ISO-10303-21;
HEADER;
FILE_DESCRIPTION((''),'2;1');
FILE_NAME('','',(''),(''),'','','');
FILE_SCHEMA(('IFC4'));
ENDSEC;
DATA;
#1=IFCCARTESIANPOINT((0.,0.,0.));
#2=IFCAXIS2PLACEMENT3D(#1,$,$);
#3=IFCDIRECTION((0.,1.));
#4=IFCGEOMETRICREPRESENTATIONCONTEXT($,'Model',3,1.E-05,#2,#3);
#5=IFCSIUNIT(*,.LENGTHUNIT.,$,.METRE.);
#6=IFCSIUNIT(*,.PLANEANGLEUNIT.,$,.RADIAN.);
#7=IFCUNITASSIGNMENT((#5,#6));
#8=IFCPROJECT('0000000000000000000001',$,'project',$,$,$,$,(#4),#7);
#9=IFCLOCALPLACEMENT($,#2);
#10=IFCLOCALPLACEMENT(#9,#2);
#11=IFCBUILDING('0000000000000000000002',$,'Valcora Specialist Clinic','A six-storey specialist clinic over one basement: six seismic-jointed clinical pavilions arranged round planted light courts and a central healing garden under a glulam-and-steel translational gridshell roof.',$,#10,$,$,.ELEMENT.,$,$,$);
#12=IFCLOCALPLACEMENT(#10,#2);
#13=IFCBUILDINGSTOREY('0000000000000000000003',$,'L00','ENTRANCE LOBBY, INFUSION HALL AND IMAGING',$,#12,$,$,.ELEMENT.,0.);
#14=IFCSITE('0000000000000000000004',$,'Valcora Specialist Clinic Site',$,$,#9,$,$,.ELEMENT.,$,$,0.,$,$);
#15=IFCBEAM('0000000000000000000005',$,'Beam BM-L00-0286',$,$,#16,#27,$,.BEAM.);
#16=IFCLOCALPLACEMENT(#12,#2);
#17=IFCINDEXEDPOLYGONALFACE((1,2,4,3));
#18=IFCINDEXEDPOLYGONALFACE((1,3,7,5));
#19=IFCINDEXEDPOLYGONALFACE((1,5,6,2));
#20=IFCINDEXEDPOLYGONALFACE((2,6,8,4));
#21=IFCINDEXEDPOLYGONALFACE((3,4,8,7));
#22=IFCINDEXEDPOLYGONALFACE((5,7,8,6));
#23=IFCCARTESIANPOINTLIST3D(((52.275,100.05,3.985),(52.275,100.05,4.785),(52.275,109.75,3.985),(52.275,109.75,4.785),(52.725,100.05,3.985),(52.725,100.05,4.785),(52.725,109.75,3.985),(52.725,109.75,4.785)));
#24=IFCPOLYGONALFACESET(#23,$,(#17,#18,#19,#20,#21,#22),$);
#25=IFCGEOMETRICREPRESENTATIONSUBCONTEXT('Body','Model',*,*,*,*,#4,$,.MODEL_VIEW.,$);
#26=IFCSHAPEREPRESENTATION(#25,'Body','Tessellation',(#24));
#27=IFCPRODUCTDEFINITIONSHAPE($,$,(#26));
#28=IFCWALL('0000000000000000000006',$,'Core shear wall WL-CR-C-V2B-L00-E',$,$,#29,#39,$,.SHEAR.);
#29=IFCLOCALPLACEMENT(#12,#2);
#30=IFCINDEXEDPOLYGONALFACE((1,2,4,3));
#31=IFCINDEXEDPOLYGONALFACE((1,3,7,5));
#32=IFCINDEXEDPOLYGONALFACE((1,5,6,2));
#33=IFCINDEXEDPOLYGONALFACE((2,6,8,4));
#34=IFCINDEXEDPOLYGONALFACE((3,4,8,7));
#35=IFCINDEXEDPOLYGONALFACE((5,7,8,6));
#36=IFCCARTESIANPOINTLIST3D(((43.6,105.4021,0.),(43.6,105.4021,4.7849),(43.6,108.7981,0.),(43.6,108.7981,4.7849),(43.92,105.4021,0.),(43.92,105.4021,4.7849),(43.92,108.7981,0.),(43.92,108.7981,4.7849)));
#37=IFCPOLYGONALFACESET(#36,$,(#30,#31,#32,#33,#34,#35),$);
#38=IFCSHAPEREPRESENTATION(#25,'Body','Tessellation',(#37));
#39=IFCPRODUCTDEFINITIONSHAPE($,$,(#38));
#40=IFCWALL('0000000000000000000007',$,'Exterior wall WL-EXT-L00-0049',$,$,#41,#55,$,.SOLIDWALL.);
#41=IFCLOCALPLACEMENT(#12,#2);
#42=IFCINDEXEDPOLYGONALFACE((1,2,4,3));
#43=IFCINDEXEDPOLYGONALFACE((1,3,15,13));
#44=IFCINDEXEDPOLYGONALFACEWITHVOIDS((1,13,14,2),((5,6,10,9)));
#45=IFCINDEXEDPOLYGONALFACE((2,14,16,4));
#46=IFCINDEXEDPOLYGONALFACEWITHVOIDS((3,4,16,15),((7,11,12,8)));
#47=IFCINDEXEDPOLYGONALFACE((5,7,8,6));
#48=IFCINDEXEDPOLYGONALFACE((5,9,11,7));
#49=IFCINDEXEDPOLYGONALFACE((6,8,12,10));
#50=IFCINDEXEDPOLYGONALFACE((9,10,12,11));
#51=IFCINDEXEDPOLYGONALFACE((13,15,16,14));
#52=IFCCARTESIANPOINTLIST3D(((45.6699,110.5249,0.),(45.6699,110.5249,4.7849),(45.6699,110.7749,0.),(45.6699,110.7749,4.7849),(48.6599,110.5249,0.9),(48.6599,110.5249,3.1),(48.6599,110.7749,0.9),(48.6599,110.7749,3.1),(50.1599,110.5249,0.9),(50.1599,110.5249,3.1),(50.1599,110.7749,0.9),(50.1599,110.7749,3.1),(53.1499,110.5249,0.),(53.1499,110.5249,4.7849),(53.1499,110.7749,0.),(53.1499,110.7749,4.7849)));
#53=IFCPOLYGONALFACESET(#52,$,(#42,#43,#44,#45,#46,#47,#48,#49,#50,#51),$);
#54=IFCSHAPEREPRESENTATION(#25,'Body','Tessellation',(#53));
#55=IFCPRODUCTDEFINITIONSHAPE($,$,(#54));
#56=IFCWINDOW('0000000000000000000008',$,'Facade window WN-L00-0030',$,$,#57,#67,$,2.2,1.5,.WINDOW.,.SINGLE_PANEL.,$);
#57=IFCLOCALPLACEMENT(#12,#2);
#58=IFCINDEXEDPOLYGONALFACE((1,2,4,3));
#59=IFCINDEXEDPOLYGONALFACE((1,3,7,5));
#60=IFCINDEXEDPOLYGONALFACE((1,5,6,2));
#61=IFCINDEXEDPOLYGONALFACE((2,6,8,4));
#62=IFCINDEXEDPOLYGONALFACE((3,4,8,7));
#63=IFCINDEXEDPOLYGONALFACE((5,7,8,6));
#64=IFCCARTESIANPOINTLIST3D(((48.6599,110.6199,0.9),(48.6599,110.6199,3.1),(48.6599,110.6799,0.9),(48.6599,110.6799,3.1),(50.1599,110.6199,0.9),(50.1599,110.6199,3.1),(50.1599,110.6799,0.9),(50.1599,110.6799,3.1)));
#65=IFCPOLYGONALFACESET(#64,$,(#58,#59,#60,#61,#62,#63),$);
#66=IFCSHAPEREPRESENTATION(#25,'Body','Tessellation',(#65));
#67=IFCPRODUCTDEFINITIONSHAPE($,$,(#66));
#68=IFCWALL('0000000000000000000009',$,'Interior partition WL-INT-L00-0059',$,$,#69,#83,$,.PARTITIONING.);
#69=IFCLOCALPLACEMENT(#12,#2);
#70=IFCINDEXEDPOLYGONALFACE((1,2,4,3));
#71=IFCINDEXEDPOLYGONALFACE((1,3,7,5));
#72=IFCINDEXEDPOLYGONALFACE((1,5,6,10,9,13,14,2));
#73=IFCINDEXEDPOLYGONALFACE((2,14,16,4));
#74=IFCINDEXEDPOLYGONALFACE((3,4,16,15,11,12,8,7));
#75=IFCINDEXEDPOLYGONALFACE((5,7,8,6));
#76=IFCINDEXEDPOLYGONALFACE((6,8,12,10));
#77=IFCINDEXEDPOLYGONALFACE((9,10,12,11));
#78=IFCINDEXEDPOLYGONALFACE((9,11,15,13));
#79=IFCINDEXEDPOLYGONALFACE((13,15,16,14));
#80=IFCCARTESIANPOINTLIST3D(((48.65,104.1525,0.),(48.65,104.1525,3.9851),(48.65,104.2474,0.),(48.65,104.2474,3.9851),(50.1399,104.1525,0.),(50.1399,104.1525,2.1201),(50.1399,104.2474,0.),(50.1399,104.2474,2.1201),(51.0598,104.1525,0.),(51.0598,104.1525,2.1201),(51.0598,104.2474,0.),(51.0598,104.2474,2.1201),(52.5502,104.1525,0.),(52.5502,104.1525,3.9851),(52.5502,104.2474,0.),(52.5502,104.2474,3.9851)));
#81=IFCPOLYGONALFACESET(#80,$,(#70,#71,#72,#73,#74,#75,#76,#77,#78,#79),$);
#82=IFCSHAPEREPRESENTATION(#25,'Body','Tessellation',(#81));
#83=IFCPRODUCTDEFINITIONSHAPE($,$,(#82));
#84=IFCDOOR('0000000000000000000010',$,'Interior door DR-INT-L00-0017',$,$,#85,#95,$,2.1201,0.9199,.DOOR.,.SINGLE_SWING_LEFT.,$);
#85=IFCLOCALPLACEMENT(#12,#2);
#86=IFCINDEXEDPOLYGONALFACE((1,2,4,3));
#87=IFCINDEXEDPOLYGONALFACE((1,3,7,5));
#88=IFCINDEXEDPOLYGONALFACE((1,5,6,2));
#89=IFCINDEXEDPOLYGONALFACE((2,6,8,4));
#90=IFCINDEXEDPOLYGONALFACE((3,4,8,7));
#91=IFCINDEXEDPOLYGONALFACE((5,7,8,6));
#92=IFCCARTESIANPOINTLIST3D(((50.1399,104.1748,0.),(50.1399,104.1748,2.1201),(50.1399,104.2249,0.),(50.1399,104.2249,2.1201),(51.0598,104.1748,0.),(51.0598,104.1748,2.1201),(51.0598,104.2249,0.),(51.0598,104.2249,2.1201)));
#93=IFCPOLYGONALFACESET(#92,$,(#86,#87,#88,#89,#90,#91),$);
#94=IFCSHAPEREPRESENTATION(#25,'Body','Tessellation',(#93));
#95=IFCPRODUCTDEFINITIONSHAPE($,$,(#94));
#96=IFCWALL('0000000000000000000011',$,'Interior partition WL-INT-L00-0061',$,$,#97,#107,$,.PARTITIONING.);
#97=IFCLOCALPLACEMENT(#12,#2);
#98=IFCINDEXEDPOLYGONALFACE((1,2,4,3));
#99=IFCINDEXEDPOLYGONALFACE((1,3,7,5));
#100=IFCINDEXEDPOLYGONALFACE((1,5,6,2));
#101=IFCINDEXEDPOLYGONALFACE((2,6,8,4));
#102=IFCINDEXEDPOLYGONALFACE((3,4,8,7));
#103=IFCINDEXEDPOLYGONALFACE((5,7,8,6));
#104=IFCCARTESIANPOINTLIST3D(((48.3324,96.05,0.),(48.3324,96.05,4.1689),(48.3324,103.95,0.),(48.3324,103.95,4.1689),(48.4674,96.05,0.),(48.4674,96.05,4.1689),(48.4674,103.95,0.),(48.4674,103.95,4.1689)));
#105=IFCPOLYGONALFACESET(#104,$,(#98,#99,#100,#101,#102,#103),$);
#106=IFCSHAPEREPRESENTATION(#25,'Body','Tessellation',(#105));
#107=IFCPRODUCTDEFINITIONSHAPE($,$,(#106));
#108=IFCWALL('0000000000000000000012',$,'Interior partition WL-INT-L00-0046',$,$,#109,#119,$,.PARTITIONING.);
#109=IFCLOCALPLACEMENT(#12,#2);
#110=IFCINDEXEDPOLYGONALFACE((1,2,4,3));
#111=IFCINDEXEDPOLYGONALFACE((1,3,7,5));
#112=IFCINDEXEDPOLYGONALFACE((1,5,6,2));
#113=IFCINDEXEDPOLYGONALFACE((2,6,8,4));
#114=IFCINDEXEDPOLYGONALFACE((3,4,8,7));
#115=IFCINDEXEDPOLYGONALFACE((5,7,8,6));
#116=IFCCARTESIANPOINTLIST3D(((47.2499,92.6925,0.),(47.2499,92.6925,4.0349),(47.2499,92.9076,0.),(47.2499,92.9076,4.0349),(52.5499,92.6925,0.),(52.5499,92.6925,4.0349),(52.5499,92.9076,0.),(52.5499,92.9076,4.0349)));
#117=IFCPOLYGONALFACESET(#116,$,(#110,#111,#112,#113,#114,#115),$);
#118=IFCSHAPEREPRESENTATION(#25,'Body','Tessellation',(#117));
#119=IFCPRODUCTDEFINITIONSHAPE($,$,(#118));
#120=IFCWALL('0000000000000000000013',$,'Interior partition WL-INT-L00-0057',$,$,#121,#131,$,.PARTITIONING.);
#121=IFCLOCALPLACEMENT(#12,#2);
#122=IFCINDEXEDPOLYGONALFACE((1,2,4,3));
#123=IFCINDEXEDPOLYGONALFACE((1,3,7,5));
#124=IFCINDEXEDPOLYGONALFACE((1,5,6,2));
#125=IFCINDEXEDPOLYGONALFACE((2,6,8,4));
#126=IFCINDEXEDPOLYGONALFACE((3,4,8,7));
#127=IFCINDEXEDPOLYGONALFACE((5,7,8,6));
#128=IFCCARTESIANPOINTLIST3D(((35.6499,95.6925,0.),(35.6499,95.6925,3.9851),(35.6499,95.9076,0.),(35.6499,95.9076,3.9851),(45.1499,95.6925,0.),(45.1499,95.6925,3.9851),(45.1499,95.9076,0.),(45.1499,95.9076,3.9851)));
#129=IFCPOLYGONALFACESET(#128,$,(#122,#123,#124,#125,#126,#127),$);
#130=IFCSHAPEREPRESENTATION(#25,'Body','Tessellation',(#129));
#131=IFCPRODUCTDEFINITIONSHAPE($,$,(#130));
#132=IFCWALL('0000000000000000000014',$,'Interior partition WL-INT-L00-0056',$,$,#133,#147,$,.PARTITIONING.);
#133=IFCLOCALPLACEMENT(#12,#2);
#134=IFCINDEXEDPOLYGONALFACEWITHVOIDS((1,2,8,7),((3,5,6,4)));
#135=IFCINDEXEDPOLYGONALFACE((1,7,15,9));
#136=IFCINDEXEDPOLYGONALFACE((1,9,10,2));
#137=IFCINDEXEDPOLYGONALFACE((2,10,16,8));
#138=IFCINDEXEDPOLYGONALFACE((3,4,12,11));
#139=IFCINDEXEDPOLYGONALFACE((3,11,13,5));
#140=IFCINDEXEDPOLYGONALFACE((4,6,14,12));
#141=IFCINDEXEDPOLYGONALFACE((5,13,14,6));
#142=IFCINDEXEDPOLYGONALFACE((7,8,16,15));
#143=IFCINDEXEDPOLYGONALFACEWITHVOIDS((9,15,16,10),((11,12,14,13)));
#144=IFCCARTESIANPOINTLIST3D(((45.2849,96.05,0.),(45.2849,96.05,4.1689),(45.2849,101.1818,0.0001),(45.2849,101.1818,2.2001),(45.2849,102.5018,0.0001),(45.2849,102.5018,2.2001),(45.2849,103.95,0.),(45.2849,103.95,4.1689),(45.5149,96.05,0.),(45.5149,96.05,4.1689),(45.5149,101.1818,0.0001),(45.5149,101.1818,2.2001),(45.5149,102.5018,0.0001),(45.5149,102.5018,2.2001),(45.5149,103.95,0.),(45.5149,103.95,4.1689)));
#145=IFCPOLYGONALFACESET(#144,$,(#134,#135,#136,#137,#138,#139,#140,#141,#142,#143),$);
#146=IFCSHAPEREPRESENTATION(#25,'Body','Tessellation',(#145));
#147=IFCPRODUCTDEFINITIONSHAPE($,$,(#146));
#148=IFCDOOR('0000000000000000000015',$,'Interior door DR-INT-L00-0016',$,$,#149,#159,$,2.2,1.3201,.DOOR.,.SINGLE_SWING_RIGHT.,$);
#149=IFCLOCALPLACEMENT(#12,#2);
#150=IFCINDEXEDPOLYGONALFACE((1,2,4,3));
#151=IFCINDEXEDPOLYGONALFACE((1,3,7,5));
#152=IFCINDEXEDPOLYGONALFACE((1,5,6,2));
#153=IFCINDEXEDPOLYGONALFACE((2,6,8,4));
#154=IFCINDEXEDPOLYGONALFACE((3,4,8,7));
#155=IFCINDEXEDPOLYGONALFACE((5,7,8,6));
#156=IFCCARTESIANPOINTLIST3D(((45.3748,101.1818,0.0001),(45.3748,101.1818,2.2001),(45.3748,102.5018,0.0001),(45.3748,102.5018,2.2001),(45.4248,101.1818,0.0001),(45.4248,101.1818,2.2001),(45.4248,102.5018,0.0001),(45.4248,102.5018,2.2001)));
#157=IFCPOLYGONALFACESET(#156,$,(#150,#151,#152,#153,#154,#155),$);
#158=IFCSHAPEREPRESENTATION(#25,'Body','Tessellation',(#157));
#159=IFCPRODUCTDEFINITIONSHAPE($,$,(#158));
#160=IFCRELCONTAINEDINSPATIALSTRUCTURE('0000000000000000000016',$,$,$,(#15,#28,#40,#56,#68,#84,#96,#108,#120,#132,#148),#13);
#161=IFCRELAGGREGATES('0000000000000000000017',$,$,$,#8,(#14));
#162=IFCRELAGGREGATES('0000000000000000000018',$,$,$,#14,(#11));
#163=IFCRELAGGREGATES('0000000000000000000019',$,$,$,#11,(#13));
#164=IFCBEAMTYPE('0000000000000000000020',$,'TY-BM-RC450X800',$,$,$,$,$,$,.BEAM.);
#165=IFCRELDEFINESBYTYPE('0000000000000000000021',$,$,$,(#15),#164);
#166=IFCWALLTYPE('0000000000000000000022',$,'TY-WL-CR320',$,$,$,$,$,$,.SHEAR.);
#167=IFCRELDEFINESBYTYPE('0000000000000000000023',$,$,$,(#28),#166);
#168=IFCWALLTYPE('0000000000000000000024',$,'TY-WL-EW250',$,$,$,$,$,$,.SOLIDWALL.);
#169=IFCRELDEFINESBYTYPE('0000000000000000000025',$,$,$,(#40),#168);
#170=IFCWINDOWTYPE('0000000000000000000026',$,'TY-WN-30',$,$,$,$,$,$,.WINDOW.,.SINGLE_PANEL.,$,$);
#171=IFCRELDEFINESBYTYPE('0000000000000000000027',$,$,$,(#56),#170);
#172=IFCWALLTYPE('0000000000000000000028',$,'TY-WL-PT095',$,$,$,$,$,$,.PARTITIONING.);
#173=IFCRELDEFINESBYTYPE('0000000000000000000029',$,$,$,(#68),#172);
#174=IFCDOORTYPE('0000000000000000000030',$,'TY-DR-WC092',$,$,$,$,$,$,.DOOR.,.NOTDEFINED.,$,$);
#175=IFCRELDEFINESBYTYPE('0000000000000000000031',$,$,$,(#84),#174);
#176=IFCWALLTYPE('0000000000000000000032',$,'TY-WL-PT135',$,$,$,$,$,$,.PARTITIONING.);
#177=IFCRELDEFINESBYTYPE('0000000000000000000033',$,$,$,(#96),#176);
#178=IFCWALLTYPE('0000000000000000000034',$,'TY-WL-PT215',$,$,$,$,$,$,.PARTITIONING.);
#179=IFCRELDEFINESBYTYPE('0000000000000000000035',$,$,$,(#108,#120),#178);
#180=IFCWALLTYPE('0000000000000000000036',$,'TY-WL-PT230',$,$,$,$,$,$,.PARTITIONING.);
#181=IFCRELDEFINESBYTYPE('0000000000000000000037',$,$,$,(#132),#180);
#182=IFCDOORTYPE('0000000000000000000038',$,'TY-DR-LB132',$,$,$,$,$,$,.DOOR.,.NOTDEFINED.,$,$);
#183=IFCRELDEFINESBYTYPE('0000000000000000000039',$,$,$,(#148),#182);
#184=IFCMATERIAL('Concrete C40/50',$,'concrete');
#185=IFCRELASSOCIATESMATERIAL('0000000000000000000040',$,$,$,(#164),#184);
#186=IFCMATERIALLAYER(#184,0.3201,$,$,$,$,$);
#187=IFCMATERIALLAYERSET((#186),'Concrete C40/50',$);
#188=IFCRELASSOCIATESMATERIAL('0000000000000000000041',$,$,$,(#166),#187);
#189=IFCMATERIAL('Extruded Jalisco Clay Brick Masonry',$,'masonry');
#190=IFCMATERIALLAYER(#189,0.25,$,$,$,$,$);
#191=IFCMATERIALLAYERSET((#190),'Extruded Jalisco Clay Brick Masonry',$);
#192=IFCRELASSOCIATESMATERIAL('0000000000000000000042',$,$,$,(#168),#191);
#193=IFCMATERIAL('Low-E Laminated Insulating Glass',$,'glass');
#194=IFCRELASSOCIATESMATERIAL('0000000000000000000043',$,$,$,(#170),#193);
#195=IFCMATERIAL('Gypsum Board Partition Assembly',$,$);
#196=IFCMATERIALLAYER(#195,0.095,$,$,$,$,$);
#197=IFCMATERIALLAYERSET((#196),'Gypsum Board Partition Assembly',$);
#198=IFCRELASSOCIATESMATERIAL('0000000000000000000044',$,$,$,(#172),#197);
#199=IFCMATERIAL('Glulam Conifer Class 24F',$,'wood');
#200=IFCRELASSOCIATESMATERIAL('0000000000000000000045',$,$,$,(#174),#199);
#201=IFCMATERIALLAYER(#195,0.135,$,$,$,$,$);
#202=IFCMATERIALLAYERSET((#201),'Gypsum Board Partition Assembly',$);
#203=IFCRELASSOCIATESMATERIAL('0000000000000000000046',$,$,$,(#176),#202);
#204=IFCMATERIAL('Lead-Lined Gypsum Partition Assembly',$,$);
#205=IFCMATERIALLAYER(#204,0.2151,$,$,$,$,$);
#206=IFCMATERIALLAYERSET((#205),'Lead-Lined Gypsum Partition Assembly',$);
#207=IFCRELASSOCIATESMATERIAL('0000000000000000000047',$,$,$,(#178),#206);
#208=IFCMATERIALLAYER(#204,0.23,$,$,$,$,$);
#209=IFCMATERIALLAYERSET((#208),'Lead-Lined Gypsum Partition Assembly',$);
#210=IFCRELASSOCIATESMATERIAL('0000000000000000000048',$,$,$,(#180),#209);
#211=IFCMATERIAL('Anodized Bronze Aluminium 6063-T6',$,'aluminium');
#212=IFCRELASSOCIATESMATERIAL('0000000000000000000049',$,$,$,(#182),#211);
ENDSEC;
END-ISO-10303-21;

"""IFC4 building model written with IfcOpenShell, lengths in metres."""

from ifc_helpers import new_model, si_unit, direction, frame, frame_2d, origin, origin_2d, place, context, subcontext, project, spatial, rectangle, extrude, material, layer, layer_set, material_profile, profile_set, type_object, element, fill, save


model = new_model("IFC4")

# Units and contexts
model_context = context("Model", 3, precision=1e-05, world=origin(), true_north=direction((0.0, 1.0)))
body_context = subcontext(model_context, "Body", "Model", "MODEL_VIEW")
ifc_project = project(units=[si_unit("LENGTHUNIT", "METRE"), si_unit("PLANEANGLEUNIT", "RADIAN")], contexts=[model_context])

# Site, building, storey
site_placement = place(None, origin())
site = spatial("IfcSite", under=ifc_project, at=site_placement, Name="Valcora Specialist Clinic Site", CompositionType="ELEMENT", RefElevation=0.0)
building_placement = place(site_placement, origin())
building = spatial("IfcBuilding", under=site, at=building_placement, Name="Valcora Specialist Clinic", Description="A six-storey specialist clinic over one basement: six seismic-jointed clinical pavilions arranged round planted light courts and a central healing garden under a glulam-and-steel translational gridshell roof.", CompositionType="ELEMENT")
storey_placement = place(building_placement, origin())
storey = spatial("IfcBuildingStorey", under=building, at=storey_placement, Name="L00", Description="ENTRANCE LOBBY, INFUSION HALL AND IMAGING", CompositionType="ELEMENT", Elevation=0.0)

# Shared definitions
ifc_material_1 = material(Name="Concrete C40/50", Category="concrete")

# Beam
ifc_material_profile_1 = material_profile(ifc_material_1, rectangle(XDim=0.45, YDim=0.8, at=origin_2d()), Name="RC-BM-450X800")
ifc_profile_set_1 = profile_set([ifc_material_profile_1], Name="Concrete C40/50")
beam_type_1 = type_object("IfcBeamType", Name="TY-BM-RC450X800", PredefinedType="BEAM", material=ifc_profile_set_1)
beam_1_placement = place(storey_placement, frame((52.5, 100.05, 4.385), z_axis=(0.0, 1.0, 0.0), x_axis=(-1.0, 0.0, 0.0)))
element("IfcBeam", 1, at=beam_1_placement, inside=storey, type_object=beam_type_1, Name="Beam BM-L00-0286", PredefinedType="BEAM", context=body_context, shape_type="SweptSolid", body=[
    extrude(rectangle(XDim=0.45, YDim=0.8, at=origin_2d()), origin(), (0.0, 0.0, 1.0), 9.7),
])

# Wall
ifc_layer_1 = layer(ifc_material_1, 0.3201)
ifc_layer_set_1 = layer_set([ifc_layer_1], Name="Concrete C40/50")
wall_type_1 = type_object("IfcWallType", Name="TY-WL-CR320", PredefinedType="SHEAR", material=ifc_layer_set_1)
wall_1_placement = place(storey_placement, frame((43.76, 105.4021, 0.0), z_axis=(0.0, 0.0, 1.0), x_axis=(0.0, 1.0, 0.0)))
element("IfcWall", 2, at=wall_1_placement, inside=storey, type_object=wall_type_1, Name="Core shear wall WL-CR-C-V2B-L00-E", PredefinedType="SHEAR", context=body_context, shape_type="SweptSolid", body=[
    extrude(rectangle(XDim=3.396, YDim=0.3201, at=frame_2d((1.698, 0.0))), origin(), (0.0, 0.0, 1.0), 4.7849),
])

# Wall, opening, window
ifc_material_2 = material(Name="Extruded Jalisco Clay Brick Masonry", Category="masonry")
ifc_layer_2 = layer(ifc_material_2, 0.25)
ifc_layer_set_2 = layer_set([ifc_layer_2], Name="Extruded Jalisco Clay Brick Masonry")
wall_type_2 = type_object("IfcWallType", Name="TY-WL-EW250", PredefinedType="SOLIDWALL", material=ifc_layer_set_2)
wall_2_placement = place(storey_placement, frame((45.6699, 110.6499, 0.0), z_axis=(0.0, 0.0, 1.0), x_axis=(1.0, 0.0, 0.0)))
wall_2 = element("IfcWall", 3, at=wall_2_placement, inside=storey, type_object=wall_type_2, Name="Exterior wall WL-EXT-L00-0049", PredefinedType="SOLIDWALL", context=body_context, shape_type="SweptSolid", body=[
    extrude(rectangle(XDim=7.48, YDim=0.25, at=frame_2d((3.74, 0.0))), origin(), (0.0, 0.0, 1.0), 4.7849),
])
opening_1_placement = place(wall_2_placement, frame((2.99, 0.0, 0.8999)))
opening_1 = element("IfcOpeningElement", 4, at=opening_1_placement, cuts=wall_2, PredefinedType="OPENING", context=body_context, shape_type="SweptSolid", body=[
    extrude(rectangle(XDim=1.5, YDim=2.2, at=frame_2d((0.75, 1.1001))), frame((0.0, 0.135, 0.0), z_axis=(0.0, -1.0, 0.0), x_axis=(1.0, 0.0, 0.0)), (0.0, 0.0, 1.0), 0.27),
])
ifc_material_3 = material(Name="Low-E Laminated Insulating Glass", Category="glass")
window_type = type_object("IfcWindowType", Name="TY-WN-30", PartitioningType="SINGLE_PANEL", PredefinedType="WINDOW", material=ifc_material_3)
window_placement = place(opening_1_placement, origin())
window = element("IfcWindow", 5, at=window_placement, inside=storey, type_object=window_type, Name="Facade window WN-L00-0030", OverallHeight=2.2, OverallWidth=1.5, PartitioningType="SINGLE_PANEL", PredefinedType="WINDOW", context=body_context, shape_type="SweptSolid", body=[
    extrude(rectangle(XDim=1.5, YDim=2.2, at=frame_2d((0.75, 1.1001))), frame((0.0, 0.03, 0.0), z_axis=(0.0, -1.0, 0.0), x_axis=(1.0, 0.0, 0.0)), (0.0, 0.0, 1.0), 0.0601),
])
fill(opening_1, window)

# Wall, opening, door
ifc_material_4 = material(Name="Gypsum Board Partition Assembly")
ifc_layer_3 = layer(ifc_material_4, 0.095)
ifc_layer_set_3 = layer_set([ifc_layer_3], Name="Gypsum Board Partition Assembly")
wall_type_3 = type_object("IfcWallType", Name="TY-WL-PT095", PredefinedType="PARTITIONING", material=ifc_layer_set_3)
wall_3_placement = place(storey_placement, frame((48.6499, 104.2, 0.0), z_axis=(0.0, 0.0, 1.0), x_axis=(1.0, 0.0, 0.0)))
wall_3 = element("IfcWall", 6, at=wall_3_placement, inside=storey, type_object=wall_type_3, Name="Interior partition WL-INT-L00-0059", PredefinedType="PARTITIONING", context=body_context, shape_type="SweptSolid", body=[
    extrude(rectangle(XDim=3.9001, YDim=0.095, at=frame_2d((1.9502, 0.0))), origin(), (0.0, 0.0, 1.0), 3.9851),
])
opening_2_placement = place(wall_3_placement, frame((1.49, 0.0, 0.0)))
opening_2 = element("IfcOpeningElement", 7, at=opening_2_placement, cuts=wall_3, PredefinedType="OPENING", context=body_context, shape_type="SweptSolid", body=[
    extrude(rectangle(XDim=0.9199, YDim=2.1201, at=frame_2d((0.46, 1.0601))), frame((0.0, 0.0574, 0.0), z_axis=(0.0, -1.0, 0.0), x_axis=(1.0, 0.0, 0.0)), (0.0, 0.0, 1.0), 0.115),
])
ifc_material_5 = material(Name="Glulam Conifer Class 24F", Category="wood")
door_type_1 = type_object("IfcDoorType", Name="TY-DR-WC092", OperationType="NOTDEFINED", PredefinedType="DOOR", material=ifc_material_5)
door_1_placement = place(opening_2_placement, origin())
door_1 = element("IfcDoor", 8, at=door_1_placement, inside=storey, type_object=door_type_1, Name="Interior door DR-INT-L00-0017", OperationType="SINGLE_SWING_LEFT", OverallHeight=2.1201, OverallWidth=0.9199, PredefinedType="DOOR", context=body_context, shape_type="SweptSolid", body=[
    extrude(rectangle(XDim=0.9199, YDim=2.1201, at=frame_2d((0.46, 1.0601))), frame((0.0, 0.0249, 0.0), z_axis=(0.0, -1.0, 0.0), x_axis=(1.0, 0.0, 0.0)), (0.0, 0.0, 1.0), 0.05),
])
fill(opening_2, door_1)

# Walls
ifc_layer_4 = layer(ifc_material_4, 0.135)
ifc_layer_set_4 = layer_set([ifc_layer_4], Name="Gypsum Board Partition Assembly")
wall_type_4 = type_object("IfcWallType", Name="TY-WL-PT135", PredefinedType="PARTITIONING", material=ifc_layer_set_4)
wall_4_placement = place(storey_placement, frame((48.3999, 96.05, 0.0), z_axis=(0.0, 0.0, 1.0), x_axis=(0.0, 1.0, 0.0)))
element("IfcWall", 9, at=wall_4_placement, inside=storey, type_object=wall_type_4, Name="Interior partition WL-INT-L00-0061", PredefinedType="PARTITIONING", context=body_context, shape_type="SweptSolid", body=[
    extrude(rectangle(XDim=7.8999, YDim=0.135, at=frame_2d((3.95, 0.0))), origin(), (0.0, 0.0, 1.0), 4.1689),
])
ifc_material_6 = material(Name="Lead-Lined Gypsum Partition Assembly")
ifc_layer_5 = layer(ifc_material_6, 0.2151)
ifc_layer_set_5 = layer_set([ifc_layer_5], Name="Lead-Lined Gypsum Partition Assembly")
wall_type_5 = type_object("IfcWallType", Name="TY-WL-PT215", PredefinedType="PARTITIONING", material=ifc_layer_set_5)
wall_5_placement = place(storey_placement, frame((47.25, 92.8, 0.0), z_axis=(0.0, 0.0, 1.0), x_axis=(1.0, 0.0, 0.0)))
element("IfcWall", 10, at=wall_5_placement, inside=storey, type_object=wall_type_5, Name="Interior partition WL-INT-L00-0046", PredefinedType="PARTITIONING", context=body_context, shape_type="SweptSolid", body=[
    extrude(rectangle(XDim=5.3, YDim=0.2151, at=frame_2d((2.6499, 0.0))), origin(), (0.0, 0.0, 1.0), 4.0349),
])
wall_6_placement = place(storey_placement, frame((45.1499, 95.8, 0.0), z_axis=(0.0, 0.0, 1.0), x_axis=(-1.0, 0.0, 0.0)))
element("IfcWall", 11, at=wall_6_placement, inside=storey, type_object=wall_type_5, Name="Interior partition WL-INT-L00-0057", PredefinedType="PARTITIONING", context=body_context, shape_type="SweptSolid", body=[
    extrude(rectangle(XDim=9.5, YDim=0.2151, at=frame_2d((4.75, 0.0))), origin(), (0.0, 0.0, 1.0), 3.9851),
])

# Wall, opening, door
ifc_layer_6 = layer(ifc_material_6, 0.23)
ifc_layer_set_6 = layer_set([ifc_layer_6], Name="Lead-Lined Gypsum Partition Assembly")
wall_type_6 = type_object("IfcWallType", Name="TY-WL-PT230", PredefinedType="PARTITIONING", material=ifc_layer_set_6)
wall_7_placement = place(storey_placement, frame((45.3999, 103.95, 0.0), z_axis=(0.0, 0.0, 1.0), x_axis=(0.0, -1.0, 0.0)))
wall_7 = element("IfcWall", 12, at=wall_7_placement, inside=storey, type_object=wall_type_6, Name="Interior partition WL-INT-L00-0056", PredefinedType="PARTITIONING", context=body_context, shape_type="SweptSolid", body=[
    extrude(rectangle(XDim=7.8999, YDim=0.23, at=frame_2d((3.95, 0.0))), origin(), (0.0, 0.0, 1.0), 4.1689),
])
opening_3_placement = place(wall_7_placement, frame((1.448, 0.0, 0.0)))
opening_3 = element("IfcOpeningElement", 13, at=opening_3_placement, cuts=wall_7, PredefinedType="OPENING", context=body_context, shape_type="SweptSolid", body=[
    extrude(rectangle(XDim=1.3201, YDim=2.2, at=frame_2d((0.6602, 1.1001))), frame((0.0, 0.125, 0.0), z_axis=(0.0, -1.0, 0.0), x_axis=(1.0, 0.0, 0.0)), (0.0, 0.0, 1.0), 0.25),
])
ifc_material_7 = material(Name="Anodized Bronze Aluminium 6063-T6", Category="aluminium")
door_type_2 = type_object("IfcDoorType", Name="TY-DR-LB132", OperationType="NOTDEFINED", PredefinedType="DOOR", material=ifc_material_7)
door_2_placement = place(opening_3_placement, origin())
door_2 = element("IfcDoor", 14, at=door_2_placement, inside=storey, type_object=door_type_2, Name="Interior door DR-INT-L00-0016", OperationType="SINGLE_SWING_RIGHT", OverallHeight=2.2, OverallWidth=1.3201, PredefinedType="DOOR", context=body_context, shape_type="SweptSolid", body=[
    extrude(rectangle(XDim=1.3201, YDim=2.2, at=frame_2d((0.6602, 1.1001))), frame((0.0, 0.0249, 0.0), z_axis=(0.0, -1.0, 0.0), x_axis=(1.0, 0.0, 0.0)), (0.0, 0.0, 1.0), 0.05),
])
fill(opening_3, door_2)

save(model, "model.ifc")
